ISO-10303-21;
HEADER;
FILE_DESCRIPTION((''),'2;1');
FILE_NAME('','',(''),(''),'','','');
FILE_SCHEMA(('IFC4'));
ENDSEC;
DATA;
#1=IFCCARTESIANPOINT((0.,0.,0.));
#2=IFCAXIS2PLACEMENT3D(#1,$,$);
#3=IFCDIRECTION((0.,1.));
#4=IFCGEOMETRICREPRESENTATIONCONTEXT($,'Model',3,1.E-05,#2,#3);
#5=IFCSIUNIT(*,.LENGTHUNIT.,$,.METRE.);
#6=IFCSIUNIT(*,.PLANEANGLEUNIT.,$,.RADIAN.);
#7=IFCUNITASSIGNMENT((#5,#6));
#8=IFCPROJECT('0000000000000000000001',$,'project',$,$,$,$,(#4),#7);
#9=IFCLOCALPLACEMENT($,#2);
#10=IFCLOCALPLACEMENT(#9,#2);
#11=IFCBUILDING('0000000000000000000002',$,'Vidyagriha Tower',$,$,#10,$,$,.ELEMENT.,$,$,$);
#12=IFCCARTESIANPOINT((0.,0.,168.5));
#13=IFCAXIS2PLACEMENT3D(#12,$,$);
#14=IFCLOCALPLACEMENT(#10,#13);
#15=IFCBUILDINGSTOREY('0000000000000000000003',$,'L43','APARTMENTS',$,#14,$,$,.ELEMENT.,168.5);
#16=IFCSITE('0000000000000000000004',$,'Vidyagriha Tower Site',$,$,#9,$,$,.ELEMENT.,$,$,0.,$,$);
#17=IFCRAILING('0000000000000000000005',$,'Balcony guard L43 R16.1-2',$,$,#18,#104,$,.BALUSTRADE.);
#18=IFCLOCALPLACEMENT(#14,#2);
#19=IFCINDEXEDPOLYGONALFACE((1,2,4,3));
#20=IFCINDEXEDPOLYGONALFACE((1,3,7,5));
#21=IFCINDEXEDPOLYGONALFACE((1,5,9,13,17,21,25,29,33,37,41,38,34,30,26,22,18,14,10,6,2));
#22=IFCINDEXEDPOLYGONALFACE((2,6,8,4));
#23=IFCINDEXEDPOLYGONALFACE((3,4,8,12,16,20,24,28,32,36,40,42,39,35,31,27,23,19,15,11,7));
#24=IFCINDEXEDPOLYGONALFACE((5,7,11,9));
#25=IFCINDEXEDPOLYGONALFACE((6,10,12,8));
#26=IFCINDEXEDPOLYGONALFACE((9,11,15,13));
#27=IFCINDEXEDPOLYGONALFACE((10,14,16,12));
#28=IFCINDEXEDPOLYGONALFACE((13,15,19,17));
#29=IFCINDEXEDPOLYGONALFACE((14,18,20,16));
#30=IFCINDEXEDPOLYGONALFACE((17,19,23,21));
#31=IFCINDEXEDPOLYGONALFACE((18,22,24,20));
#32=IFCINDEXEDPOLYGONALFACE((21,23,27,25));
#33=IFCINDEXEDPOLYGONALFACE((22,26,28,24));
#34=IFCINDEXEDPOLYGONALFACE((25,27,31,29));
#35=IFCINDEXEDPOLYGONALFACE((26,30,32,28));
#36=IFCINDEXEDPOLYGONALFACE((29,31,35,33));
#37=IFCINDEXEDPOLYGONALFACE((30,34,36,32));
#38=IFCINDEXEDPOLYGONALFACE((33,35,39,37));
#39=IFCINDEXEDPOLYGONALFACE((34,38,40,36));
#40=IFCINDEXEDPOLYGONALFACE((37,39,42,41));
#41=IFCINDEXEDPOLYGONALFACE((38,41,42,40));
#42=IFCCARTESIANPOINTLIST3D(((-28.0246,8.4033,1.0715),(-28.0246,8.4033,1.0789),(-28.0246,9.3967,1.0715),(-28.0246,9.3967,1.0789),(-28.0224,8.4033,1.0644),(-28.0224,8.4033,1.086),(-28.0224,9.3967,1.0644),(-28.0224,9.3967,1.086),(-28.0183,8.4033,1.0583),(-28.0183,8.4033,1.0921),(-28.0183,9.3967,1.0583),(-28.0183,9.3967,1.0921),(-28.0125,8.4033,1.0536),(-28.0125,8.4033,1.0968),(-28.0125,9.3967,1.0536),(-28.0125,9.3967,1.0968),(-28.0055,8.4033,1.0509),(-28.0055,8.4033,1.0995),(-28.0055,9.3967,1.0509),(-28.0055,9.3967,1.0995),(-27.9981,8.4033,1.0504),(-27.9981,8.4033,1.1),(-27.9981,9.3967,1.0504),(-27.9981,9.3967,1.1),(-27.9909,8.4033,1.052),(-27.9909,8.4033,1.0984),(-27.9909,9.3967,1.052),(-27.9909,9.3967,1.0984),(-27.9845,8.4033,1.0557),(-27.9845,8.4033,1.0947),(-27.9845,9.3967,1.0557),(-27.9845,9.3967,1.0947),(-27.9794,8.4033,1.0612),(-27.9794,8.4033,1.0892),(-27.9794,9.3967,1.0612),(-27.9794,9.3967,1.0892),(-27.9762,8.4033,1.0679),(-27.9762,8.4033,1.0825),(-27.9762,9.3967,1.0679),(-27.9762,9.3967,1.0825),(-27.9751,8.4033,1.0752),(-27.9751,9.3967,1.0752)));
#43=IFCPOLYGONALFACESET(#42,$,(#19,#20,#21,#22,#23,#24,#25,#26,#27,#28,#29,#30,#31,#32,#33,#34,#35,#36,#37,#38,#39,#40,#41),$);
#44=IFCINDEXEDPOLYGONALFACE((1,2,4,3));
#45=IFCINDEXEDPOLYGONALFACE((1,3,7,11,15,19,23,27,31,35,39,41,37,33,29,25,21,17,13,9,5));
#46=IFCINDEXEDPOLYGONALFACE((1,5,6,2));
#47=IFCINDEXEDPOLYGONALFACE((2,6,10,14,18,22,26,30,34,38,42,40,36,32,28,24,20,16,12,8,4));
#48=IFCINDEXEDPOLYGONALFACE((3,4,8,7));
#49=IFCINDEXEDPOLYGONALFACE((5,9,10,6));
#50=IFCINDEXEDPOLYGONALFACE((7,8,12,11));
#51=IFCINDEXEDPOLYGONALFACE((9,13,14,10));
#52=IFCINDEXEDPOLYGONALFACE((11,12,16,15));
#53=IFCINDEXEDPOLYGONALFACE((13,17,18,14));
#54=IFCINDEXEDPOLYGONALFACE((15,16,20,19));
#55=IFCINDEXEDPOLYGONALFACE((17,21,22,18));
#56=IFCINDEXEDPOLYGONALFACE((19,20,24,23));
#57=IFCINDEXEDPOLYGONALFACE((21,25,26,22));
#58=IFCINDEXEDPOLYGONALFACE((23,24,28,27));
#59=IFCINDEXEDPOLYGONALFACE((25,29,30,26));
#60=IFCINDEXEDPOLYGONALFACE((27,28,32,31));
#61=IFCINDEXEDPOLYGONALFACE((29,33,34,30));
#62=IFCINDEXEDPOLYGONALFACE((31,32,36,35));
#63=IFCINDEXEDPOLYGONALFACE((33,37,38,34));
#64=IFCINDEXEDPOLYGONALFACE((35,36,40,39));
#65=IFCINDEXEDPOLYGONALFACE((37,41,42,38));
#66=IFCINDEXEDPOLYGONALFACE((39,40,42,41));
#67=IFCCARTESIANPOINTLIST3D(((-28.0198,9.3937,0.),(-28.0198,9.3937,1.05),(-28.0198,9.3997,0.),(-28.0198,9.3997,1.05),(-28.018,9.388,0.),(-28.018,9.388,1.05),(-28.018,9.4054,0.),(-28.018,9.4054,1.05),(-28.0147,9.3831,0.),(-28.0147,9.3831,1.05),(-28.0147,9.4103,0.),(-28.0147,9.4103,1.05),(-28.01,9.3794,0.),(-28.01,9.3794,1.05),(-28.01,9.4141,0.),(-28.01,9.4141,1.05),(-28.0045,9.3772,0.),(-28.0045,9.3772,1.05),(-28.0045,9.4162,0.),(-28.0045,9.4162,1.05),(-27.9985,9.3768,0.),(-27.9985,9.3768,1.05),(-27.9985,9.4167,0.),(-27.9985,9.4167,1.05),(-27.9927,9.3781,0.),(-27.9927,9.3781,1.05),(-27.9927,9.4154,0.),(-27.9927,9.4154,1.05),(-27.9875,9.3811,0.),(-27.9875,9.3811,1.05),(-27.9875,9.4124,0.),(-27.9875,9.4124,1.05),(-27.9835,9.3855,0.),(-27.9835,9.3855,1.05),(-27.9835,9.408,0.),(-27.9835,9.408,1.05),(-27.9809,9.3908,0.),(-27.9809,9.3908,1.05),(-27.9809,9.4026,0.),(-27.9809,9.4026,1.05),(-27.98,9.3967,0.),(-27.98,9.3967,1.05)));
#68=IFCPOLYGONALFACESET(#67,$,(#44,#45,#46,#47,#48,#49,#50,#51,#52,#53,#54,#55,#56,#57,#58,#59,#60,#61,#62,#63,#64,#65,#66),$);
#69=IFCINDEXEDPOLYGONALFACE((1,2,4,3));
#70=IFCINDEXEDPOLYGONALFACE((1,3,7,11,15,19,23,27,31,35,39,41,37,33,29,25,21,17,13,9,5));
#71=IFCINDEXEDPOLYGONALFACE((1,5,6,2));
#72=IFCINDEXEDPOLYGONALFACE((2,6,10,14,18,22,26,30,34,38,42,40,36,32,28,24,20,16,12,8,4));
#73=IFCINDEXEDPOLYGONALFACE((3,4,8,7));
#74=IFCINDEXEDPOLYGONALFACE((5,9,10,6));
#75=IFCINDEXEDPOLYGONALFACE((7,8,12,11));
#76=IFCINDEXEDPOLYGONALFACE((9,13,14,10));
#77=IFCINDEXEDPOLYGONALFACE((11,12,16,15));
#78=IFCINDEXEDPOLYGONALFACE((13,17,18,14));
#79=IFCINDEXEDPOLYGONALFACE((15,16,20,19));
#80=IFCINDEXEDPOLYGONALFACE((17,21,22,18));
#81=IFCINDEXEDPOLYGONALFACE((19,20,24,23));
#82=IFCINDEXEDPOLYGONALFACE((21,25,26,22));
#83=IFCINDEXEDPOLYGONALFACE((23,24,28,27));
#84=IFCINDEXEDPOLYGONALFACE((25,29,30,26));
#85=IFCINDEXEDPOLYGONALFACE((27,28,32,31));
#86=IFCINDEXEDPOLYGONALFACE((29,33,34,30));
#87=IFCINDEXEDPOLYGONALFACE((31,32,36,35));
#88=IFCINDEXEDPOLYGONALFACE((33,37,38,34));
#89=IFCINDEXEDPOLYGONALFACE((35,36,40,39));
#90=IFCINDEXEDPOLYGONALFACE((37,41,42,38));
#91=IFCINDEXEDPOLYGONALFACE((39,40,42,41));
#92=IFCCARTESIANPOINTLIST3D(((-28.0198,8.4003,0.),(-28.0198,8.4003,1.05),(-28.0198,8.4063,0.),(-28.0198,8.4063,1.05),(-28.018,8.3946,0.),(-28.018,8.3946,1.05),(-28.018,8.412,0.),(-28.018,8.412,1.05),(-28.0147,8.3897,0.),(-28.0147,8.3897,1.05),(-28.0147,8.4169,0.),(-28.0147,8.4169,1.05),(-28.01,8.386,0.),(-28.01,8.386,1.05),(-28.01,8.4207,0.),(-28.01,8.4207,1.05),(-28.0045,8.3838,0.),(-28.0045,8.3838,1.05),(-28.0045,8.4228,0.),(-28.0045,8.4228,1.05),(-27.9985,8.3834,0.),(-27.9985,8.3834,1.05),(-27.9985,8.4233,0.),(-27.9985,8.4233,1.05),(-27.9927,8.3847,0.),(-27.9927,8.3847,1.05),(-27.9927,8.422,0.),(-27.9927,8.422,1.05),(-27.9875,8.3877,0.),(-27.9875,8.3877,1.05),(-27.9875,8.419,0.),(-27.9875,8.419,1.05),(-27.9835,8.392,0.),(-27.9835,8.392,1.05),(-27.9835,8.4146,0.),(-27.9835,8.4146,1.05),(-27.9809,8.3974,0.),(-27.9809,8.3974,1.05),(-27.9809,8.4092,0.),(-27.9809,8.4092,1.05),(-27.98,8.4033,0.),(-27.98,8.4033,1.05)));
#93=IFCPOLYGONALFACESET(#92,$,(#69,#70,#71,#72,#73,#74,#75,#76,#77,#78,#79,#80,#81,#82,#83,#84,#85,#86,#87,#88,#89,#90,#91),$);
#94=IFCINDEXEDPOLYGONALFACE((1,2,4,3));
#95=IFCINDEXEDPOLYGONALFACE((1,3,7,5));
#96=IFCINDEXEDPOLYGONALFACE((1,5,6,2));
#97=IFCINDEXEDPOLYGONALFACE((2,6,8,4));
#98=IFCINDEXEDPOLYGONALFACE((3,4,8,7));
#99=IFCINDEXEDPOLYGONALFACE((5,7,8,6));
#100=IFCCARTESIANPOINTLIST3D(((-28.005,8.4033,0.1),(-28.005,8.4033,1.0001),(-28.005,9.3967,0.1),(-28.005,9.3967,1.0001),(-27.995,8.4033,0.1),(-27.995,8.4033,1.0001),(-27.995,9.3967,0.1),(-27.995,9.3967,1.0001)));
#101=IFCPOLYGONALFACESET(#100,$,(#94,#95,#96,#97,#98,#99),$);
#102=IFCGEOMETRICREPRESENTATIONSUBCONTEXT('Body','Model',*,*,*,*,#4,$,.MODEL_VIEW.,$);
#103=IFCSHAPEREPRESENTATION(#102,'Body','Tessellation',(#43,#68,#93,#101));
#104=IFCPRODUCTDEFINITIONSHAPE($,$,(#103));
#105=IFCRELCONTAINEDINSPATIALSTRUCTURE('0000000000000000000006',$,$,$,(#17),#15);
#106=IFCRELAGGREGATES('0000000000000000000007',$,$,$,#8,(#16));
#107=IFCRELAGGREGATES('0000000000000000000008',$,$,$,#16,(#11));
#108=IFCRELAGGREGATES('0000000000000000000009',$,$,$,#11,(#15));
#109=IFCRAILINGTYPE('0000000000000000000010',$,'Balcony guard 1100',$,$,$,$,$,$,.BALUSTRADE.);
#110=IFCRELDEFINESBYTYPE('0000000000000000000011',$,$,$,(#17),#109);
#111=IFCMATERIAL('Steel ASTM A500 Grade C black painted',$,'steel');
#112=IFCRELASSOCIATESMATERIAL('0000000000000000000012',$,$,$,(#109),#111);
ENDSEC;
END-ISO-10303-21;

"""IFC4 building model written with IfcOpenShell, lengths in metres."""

from ifc_helpers import new_model, si_unit, direction, frame, origin, origin_2d, place, context, subcontext, project, spatial, rectangle, circle, extrude, material, type_object, element, save


model = new_model("IFC4")

# Units and contexts
model_context = context("Model", 3, precision=1e-05, world=origin(), true_north=direction((0.0, 1.0)))
body_context = subcontext(model_context, "Body", "Model", "MODEL_VIEW")
ifc_project = project(units=[si_unit("LENGTHUNIT", "METRE"), si_unit("PLANEANGLEUNIT", "RADIAN")], contexts=[model_context])

# Site, building, storey
site_placement = place(None, origin())
site = spatial("IfcSite", under=ifc_project, at=site_placement, Name="Vidyagriha Tower Site", CompositionType="ELEMENT", RefElevation=0.0)
building_placement = place(site_placement, origin())
building = spatial("IfcBuilding", under=site, at=building_placement, Name="Vidyagriha Tower", CompositionType="ELEMENT")
storey_placement = place(building_placement, frame((0.0, 0.0, 168.5)))
storey = spatial("IfcBuildingStorey", under=building, at=storey_placement, Name="L43", Description="APARTMENTS", CompositionType="ELEMENT", Elevation=168.5)

# Railing
ifc_material_1 = material(Name="Steel ASTM A500 Grade C black painted", Category="steel")
railing_type = type_object("IfcRailingType", Name="Balcony guard 1100", PredefinedType="BALUSTRADE", material=ifc_material_1)
railing_1_placement = place(storey_placement, frame((-28.0, 9.3967, 0.0)))
element("IfcRailing", 1, at=railing_1_placement, inside=storey, type_object=railing_type, Name="Balcony guard L43 R16.1-2", PredefinedType="BALUSTRADE", context=body_context, shape_type="SweptSolid", body=[
    extrude(circle(Radius=0.0249, at=origin_2d()), frame((0.0, 0.0, 1.0752), z_axis=(0.0, -1.0, 0.0), x_axis=(1.0, 0.0, 0.0)), (0.0, 0.0, 1.0), 0.9934),
    extrude(circle(Radius=0.02, at=origin_2d()), origin(), (0.0, 0.0, 1.0), 1.05),
    extrude(circle(Radius=0.02, at=origin_2d()), frame((0.0, -0.9934, 0.0)), (0.0, 0.0, 1.0), 1.05),
    extrude(rectangle(XDim=0.01, YDim=0.9001, at=origin_2d()), frame((0.0, 0.0, 0.55), z_axis=(0.0, -1.0, 0.0), x_axis=(1.0, 0.0, 0.0)), (0.0, 0.0, 1.0), 0.9934),
])

save(model, "model.ifc")
